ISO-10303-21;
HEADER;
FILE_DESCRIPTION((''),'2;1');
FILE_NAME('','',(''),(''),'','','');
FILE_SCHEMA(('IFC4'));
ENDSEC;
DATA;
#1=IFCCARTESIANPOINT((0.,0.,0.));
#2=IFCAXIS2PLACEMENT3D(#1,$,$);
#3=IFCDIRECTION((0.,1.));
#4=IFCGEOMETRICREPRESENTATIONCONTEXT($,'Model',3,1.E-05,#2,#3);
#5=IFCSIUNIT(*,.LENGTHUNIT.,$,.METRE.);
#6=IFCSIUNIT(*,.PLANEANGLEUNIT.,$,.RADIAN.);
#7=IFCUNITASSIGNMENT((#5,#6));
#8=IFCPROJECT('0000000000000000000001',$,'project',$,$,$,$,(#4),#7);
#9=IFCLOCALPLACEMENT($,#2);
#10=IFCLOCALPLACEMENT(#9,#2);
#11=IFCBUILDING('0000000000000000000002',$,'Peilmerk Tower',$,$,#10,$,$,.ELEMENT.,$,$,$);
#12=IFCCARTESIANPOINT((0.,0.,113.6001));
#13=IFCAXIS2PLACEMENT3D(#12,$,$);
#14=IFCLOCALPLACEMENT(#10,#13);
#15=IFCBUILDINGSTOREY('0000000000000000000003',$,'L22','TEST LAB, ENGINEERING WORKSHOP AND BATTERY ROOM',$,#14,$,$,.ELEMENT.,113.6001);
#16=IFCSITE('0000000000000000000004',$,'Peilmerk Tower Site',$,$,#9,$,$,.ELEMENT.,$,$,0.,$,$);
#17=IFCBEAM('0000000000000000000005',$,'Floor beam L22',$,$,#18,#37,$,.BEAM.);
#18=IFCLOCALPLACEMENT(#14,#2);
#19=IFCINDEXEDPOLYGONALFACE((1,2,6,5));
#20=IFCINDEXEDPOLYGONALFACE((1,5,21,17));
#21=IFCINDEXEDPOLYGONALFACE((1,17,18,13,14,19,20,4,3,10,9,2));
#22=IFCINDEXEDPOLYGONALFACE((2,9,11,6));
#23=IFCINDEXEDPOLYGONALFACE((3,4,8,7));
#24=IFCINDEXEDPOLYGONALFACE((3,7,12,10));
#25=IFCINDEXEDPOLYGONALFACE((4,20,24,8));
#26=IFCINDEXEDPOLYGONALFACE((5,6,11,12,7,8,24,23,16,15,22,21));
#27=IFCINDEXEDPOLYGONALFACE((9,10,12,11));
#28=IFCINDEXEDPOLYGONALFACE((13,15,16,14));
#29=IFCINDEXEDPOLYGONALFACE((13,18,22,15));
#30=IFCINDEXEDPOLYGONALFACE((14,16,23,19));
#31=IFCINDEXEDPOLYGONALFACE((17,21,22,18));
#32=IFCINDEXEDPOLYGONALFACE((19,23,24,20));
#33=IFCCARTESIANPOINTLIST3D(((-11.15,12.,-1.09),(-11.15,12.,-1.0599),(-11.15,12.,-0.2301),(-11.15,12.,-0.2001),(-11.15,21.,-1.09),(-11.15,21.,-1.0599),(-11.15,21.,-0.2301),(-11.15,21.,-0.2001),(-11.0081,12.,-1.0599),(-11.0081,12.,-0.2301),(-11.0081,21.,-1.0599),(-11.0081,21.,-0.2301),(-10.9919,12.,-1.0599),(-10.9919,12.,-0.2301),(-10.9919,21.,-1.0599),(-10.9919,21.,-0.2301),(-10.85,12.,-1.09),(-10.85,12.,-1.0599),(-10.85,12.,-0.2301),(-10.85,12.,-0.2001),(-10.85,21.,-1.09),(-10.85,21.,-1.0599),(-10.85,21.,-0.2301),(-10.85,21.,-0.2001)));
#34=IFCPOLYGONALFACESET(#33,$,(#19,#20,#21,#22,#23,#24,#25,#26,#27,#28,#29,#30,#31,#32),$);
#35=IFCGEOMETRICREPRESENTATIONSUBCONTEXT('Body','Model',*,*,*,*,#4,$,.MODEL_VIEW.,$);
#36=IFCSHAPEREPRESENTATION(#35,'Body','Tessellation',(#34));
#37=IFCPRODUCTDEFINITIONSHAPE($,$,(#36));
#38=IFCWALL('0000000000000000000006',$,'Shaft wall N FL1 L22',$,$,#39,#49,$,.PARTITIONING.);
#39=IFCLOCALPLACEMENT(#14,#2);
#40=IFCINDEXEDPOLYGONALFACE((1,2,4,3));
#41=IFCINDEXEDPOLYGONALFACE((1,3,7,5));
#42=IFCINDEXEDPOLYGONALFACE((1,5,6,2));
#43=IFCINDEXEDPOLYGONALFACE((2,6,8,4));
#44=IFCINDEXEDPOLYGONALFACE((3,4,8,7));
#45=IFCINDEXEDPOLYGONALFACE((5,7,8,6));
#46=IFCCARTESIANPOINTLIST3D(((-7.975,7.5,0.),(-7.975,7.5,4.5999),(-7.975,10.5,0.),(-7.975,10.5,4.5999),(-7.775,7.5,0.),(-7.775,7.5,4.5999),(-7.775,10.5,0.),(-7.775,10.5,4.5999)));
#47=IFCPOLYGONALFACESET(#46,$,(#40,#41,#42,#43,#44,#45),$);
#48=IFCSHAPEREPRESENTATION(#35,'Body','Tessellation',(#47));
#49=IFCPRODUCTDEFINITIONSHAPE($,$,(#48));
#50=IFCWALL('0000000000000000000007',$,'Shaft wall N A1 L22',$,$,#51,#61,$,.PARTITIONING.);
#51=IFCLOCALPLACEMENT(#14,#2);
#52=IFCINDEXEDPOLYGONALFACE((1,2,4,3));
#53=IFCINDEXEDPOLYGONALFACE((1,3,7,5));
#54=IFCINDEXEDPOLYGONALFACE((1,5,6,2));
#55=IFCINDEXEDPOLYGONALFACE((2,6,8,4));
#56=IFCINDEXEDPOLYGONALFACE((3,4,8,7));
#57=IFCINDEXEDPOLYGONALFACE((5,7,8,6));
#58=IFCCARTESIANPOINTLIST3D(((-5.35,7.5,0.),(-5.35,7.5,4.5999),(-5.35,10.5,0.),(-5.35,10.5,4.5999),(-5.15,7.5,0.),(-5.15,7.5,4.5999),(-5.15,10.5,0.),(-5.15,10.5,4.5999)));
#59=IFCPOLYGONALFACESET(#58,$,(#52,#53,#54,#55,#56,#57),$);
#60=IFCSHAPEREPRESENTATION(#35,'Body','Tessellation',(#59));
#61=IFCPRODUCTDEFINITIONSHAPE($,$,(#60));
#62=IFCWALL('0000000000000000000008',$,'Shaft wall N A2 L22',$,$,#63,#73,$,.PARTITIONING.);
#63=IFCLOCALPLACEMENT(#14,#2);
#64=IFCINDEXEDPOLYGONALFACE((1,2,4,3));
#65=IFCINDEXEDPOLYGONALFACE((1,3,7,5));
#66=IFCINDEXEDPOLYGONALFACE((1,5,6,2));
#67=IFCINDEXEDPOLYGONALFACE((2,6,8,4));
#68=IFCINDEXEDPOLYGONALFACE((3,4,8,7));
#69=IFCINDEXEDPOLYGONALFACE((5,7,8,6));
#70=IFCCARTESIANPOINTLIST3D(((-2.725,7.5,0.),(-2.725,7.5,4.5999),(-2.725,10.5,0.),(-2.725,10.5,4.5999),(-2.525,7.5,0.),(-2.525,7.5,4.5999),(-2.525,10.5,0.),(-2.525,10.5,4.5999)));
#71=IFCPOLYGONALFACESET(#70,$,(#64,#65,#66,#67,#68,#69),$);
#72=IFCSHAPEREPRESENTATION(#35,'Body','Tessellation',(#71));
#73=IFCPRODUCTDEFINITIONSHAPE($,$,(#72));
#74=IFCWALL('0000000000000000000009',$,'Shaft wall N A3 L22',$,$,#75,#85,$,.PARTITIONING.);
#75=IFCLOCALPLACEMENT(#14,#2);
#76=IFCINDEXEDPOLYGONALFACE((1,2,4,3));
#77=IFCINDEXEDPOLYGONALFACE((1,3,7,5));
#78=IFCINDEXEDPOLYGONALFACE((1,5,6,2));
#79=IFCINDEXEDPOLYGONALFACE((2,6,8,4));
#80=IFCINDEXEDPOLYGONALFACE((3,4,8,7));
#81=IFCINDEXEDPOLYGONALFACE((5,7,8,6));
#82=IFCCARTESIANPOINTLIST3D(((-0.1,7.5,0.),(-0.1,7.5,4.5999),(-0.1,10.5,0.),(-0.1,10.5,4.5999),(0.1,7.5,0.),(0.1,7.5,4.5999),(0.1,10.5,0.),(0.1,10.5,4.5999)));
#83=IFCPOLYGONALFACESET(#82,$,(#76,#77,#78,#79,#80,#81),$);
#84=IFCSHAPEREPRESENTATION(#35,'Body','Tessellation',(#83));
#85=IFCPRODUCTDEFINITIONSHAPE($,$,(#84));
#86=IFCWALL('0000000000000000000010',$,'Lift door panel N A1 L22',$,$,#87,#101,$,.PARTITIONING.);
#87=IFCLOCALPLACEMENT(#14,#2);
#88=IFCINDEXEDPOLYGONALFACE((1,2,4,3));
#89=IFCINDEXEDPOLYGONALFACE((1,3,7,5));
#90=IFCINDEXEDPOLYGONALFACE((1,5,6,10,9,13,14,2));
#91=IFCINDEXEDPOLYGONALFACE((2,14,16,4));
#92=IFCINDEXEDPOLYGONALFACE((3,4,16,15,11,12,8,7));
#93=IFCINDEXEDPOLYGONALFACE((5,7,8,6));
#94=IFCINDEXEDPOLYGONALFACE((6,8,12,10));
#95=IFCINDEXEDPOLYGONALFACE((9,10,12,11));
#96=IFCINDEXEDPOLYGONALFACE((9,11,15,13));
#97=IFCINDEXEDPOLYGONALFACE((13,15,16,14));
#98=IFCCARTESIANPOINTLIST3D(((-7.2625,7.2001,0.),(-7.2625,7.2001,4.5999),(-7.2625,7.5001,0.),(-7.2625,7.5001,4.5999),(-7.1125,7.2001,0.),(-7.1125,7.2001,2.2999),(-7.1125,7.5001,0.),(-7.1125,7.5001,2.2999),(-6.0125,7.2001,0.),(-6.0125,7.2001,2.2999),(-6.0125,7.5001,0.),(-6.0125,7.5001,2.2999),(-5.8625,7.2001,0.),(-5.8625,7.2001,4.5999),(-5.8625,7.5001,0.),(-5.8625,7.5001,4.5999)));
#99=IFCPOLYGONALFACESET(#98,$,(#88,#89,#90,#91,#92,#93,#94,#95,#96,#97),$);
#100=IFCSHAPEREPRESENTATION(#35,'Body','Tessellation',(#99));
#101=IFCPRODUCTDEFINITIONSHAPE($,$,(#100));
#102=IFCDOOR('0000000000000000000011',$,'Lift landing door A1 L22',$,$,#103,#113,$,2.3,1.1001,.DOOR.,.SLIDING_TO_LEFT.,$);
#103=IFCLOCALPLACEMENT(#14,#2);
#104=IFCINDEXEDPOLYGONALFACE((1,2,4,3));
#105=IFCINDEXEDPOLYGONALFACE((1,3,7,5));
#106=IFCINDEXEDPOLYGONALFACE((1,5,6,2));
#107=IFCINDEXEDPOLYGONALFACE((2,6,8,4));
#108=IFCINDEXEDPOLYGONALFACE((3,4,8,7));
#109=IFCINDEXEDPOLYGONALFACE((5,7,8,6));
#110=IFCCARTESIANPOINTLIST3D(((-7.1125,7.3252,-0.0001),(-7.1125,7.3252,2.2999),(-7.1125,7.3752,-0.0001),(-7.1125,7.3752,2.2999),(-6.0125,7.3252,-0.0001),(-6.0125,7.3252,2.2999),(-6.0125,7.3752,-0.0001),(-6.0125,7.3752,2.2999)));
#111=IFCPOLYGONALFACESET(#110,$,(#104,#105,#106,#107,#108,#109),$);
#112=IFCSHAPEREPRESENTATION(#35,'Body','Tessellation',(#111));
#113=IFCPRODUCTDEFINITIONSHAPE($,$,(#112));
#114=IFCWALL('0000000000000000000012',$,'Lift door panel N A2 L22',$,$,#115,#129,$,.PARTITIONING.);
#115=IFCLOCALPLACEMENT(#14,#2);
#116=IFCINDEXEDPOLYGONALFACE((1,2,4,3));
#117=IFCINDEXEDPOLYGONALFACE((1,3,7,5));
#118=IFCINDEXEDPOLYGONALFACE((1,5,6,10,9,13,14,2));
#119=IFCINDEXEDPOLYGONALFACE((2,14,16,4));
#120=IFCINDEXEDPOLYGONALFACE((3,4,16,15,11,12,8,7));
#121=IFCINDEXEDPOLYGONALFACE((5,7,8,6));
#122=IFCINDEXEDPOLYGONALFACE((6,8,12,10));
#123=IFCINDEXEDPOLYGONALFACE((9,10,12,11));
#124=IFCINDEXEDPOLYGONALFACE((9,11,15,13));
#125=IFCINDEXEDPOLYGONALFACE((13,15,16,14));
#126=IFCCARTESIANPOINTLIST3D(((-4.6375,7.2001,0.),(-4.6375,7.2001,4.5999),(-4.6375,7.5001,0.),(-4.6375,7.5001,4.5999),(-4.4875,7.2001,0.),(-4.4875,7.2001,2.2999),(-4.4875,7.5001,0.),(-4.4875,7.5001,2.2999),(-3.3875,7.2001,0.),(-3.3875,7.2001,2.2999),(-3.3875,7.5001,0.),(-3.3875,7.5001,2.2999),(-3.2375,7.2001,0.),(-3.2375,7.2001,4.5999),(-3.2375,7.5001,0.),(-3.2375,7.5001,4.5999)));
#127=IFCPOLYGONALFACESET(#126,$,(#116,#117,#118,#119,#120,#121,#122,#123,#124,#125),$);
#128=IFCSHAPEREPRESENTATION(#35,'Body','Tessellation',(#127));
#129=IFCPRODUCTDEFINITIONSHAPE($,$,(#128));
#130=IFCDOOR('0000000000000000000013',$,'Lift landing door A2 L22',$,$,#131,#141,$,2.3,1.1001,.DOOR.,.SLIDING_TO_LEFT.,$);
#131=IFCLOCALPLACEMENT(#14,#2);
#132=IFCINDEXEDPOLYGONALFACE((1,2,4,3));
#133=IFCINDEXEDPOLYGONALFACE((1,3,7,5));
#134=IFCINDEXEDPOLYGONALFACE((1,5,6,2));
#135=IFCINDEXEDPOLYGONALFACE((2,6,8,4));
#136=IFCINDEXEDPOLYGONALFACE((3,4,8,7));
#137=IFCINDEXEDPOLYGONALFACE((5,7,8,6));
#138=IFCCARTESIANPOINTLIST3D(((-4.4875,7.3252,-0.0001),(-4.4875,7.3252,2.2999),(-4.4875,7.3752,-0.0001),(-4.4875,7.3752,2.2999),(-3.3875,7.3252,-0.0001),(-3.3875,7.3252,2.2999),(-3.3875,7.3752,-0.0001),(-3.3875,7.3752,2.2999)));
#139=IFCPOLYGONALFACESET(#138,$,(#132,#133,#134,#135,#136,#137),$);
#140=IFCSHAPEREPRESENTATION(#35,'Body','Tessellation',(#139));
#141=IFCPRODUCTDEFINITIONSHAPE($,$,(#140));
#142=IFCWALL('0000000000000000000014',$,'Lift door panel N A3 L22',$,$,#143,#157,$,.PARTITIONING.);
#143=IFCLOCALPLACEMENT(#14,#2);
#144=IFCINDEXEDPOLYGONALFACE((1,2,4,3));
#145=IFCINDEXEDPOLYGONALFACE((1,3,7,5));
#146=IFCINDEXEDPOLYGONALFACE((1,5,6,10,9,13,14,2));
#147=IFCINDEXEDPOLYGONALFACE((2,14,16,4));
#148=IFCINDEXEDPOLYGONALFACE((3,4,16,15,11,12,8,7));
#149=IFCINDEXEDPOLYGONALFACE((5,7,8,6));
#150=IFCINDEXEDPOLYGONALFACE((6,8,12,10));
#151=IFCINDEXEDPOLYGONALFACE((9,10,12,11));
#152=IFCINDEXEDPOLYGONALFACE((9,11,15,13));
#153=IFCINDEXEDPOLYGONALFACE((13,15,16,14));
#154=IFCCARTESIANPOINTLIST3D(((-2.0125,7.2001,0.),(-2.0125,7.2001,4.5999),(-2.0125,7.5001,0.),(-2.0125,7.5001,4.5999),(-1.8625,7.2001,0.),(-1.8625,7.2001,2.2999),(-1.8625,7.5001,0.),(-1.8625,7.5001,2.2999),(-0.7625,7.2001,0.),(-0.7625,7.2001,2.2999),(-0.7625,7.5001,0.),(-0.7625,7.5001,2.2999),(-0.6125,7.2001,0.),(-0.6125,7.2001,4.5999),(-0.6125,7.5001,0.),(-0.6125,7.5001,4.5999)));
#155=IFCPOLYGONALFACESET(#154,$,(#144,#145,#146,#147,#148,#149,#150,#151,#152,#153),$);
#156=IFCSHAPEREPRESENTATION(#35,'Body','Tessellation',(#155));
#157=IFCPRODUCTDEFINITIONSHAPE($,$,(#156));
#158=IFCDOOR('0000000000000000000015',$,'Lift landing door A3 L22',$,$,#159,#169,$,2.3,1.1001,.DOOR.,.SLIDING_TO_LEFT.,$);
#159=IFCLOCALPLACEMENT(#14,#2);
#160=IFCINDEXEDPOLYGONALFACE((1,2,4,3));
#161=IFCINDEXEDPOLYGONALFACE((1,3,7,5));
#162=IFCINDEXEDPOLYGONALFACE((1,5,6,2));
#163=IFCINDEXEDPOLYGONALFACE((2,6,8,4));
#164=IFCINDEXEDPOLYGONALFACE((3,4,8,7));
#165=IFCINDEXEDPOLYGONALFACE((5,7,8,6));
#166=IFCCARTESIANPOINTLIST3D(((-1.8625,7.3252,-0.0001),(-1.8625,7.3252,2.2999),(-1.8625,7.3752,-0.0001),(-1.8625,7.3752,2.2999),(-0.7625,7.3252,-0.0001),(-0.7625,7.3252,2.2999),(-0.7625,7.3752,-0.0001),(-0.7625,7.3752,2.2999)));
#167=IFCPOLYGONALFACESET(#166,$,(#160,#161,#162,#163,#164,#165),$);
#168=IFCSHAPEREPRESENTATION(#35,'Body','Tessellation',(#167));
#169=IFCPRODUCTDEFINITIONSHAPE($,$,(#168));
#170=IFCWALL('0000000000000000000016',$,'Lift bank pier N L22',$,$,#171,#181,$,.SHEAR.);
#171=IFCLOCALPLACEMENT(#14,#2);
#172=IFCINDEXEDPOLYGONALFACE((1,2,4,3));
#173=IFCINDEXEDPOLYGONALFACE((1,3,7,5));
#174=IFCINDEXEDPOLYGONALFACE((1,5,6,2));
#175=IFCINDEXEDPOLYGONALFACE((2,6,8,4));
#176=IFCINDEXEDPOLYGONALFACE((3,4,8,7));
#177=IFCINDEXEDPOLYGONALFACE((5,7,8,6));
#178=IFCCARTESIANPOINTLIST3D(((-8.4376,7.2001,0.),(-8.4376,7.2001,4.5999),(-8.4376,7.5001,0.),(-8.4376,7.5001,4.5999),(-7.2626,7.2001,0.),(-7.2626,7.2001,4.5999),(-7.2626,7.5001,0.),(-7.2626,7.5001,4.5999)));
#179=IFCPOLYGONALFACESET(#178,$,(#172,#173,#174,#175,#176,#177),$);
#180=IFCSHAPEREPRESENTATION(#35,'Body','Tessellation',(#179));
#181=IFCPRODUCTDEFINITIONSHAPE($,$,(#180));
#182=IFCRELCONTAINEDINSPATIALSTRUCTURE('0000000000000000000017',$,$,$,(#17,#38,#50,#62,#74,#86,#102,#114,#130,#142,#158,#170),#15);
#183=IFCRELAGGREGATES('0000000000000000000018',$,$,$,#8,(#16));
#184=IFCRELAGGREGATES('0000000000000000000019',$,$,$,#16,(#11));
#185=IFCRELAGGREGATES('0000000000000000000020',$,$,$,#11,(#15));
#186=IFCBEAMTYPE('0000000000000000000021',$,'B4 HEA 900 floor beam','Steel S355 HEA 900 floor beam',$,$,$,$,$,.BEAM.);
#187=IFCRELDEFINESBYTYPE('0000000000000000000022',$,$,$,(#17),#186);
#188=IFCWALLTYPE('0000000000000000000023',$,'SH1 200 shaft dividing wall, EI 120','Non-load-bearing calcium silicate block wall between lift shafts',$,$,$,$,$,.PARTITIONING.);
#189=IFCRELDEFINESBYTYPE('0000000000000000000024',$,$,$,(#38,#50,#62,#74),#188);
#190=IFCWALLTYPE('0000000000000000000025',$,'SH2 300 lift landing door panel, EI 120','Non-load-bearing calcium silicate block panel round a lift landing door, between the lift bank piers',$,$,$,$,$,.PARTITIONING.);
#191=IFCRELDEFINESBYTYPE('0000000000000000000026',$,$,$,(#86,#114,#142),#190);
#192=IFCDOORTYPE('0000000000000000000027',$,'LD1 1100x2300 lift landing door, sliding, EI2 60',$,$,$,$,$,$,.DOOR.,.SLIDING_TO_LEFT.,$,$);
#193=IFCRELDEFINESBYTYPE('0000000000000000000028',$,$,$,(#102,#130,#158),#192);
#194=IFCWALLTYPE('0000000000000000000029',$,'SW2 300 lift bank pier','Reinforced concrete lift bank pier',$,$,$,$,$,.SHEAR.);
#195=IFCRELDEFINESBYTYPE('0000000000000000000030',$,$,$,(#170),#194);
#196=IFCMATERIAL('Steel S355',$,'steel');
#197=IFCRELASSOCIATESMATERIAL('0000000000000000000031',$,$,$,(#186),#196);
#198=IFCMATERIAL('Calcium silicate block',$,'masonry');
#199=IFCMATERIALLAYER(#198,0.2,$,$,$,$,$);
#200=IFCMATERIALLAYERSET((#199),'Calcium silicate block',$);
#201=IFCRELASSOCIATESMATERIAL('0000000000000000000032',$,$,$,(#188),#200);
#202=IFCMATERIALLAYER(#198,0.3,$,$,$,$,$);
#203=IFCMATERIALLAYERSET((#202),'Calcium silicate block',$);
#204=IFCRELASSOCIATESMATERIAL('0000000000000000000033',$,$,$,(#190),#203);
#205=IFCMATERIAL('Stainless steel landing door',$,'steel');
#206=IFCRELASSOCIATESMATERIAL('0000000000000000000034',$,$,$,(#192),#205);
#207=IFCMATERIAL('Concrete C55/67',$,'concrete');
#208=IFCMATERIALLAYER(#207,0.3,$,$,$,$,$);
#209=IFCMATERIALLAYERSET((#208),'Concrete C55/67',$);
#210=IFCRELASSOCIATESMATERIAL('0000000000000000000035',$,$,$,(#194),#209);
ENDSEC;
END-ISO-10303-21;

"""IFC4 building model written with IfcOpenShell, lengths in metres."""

from ifc_helpers import new_model, si_unit, direction, frame, frame_2d, origin, origin_2d, place, context, subcontext, project, spatial, rectangle, i_section, extrude, material, layer, layer_set, material_profile, profile_set, type_object, element, fill, save


model = new_model("IFC4")

# Units and contexts
model_context = context("Model", 3, precision=1e-05, world=origin(), true_north=direction((0.0, 1.0)))
body_context = subcontext(model_context, "Body", "Model", "MODEL_VIEW")
ifc_project = project(units=[si_unit("LENGTHUNIT", "METRE"), si_unit("PLANEANGLEUNIT", "RADIAN")], contexts=[model_context])

# Site, building, storey
site_placement = place(None, origin())
site = spatial("IfcSite", under=ifc_project, at=site_placement, Name="Peilmerk Tower Site", CompositionType="ELEMENT", RefElevation=0.0)
building_placement = place(site_placement, origin())
building = spatial("IfcBuilding", under=site, at=building_placement, Name="Peilmerk Tower", CompositionType="ELEMENT")
storey_placement = place(building_placement, frame((0.0, 0.0, 113.6001)))
storey = spatial("IfcBuildingStorey", under=building, at=storey_placement, Name="L22", Description="TEST LAB, ENGINEERING WORKSHOP AND BATTERY ROOM", CompositionType="ELEMENT", Elevation=113.6001)

# Beam
ifc_material_1 = material(Name="Steel S355", Category="steel")
ifc_material_profile = material_profile(ifc_material_1, i_section(OverallWidth=0.3, OverallDepth=0.8899, WebThickness=0.0161, FlangeThickness=0.03, at=origin_2d()), Name="HEA 900")
ifc_profile_set = profile_set([ifc_material_profile], Name="Steel S355")
beam_type = type_object("IfcBeamType", Name="B4 HEA 900 floor beam", Description="Steel S355 HEA 900 floor beam", PredefinedType="BEAM", material=ifc_profile_set)
beam_placement = place(storey_placement, frame((-11.0, 12.0, -0.645), z_axis=(0.0, 1.0, 0.0), x_axis=(-1.0, 0.0, 0.0)))
element("IfcBeam", 1, at=beam_placement, inside=storey, type_object=beam_type, Name="Floor beam L22", PredefinedType="BEAM", context=body_context, shape_type="SweptSolid", body=[
    extrude(i_section(OverallWidth=0.3, OverallDepth=0.8899, WebThickness=0.0161, FlangeThickness=0.03, at=origin_2d()), origin(), (0.0, 0.0, 1.0), 9.0),
])

# Walls
ifc_material_2 = material(Name="Calcium silicate block", Category="masonry")
ifc_layer_1 = layer(ifc_material_2, 0.2)
ifc_layer_set_1 = layer_set([ifc_layer_1], Name="Calcium silicate block")
wall_type_1 = type_object("IfcWallType", Name="SH1 200 shaft dividing wall, EI 120", Description="Non-load-bearing calcium silicate block wall between lift shafts", PredefinedType="PARTITIONING", material=ifc_layer_set_1)
for number, where, z_axis, x_axis, name in (
    (2, (-7.875, 7.5, 0.0), (0.0, 0.0, 1.0), (0.0, 1.0, 0.0), "Shaft wall N FL1 L22"),
    (3, (-5.25, 7.5, 0.0), (0.0, 0.0, 1.0), (0.0, 1.0, 0.0), "Shaft wall N A1 L22"),
    (4, (-2.625, 7.5, 0.0), (0.0, 0.0, 1.0), (0.0, 1.0, 0.0), "Shaft wall N A2 L22"),
    (5, (0.0, 7.5, 0.0), (0.0, 0.0, 1.0), (0.0, 1.0, 0.0), "Shaft wall N A3 L22"),
):
    element("IfcWall", number, at=place(storey_placement, frame(where, z_axis=z_axis, x_axis=x_axis)), inside=storey, type_object=wall_type_1, Name=name, PredefinedType="PARTITIONING", context=body_context, shape_type="SweptSolid", body=[
        extrude(rectangle(XDim=3.0, YDim=0.2, at=frame_2d((1.5, 0.0))), origin(), (0.0, 0.0, 1.0), 4.5999),
    ])

# Walls, openings, doors
ifc_layer_2 = layer(ifc_material_2, 0.3)
ifc_layer_set_2 = layer_set([ifc_layer_2], Name="Calcium silicate block")
wall_type_2 = type_object("IfcWallType", Name="SH2 300 lift landing door panel, EI 120", Description="Non-load-bearing calcium silicate block panel round a lift landing door, between the lift bank piers", PredefinedType="PARTITIONING", material=ifc_layer_set_2)
wall_1_placement = place(storey_placement, frame((-7.2625, 7.3501, 0.0), z_axis=(0.0, 0.0, 1.0), x_axis=(1.0, 0.0, 0.0)))
wall_1 = element("IfcWall", 6, at=wall_1_placement, inside=storey, type_object=wall_type_2, Name="Lift door panel N A1 L22", PredefinedType="PARTITIONING", context=body_context, shape_type="SweptSolid", body=[
    extrude(rectangle(XDim=1.3999, YDim=0.3, at=frame_2d((0.7, 0.0))), origin(), (0.0, 0.0, 1.0), 4.5999),
])
opening_1_placement = place(wall_1_placement, frame((0.1499, 0.0, 0.0)))
opening_1 = element("IfcOpeningElement", 7, at=opening_1_placement, cuts=wall_1, PredefinedType="OPENING", context=body_context, shape_type="SweptSolid", body=[
    extrude(rectangle(XDim=1.1001, YDim=2.3, at=frame_2d((0.55, 1.1499))), frame((0.0, 0.1599, 0.0), z_axis=(0.0, -1.0, 0.0), x_axis=(1.0, 0.0, 0.0)), (0.0, 0.0, 1.0), 0.3201),
])
ifc_material_3 = material(Name="Stainless steel landing door", Category="steel")
door_type = type_object("IfcDoorType", Name="LD1 1100x2300 lift landing door, sliding, EI2 60", OperationType="SLIDING_TO_LEFT", PredefinedType="DOOR", material=ifc_material_3)
door_1_placement = place(opening_1_placement, frame((1.1001, 0.0, 0.0), z_axis=(0.0, 0.0, 1.0), x_axis=(-1.0, 0.0, 0.0)))
door_1 = element("IfcDoor", 8, at=door_1_placement, inside=storey, type_object=door_type, Name="Lift landing door A1 L22", OperationType="SLIDING_TO_LEFT", OverallHeight=2.3, OverallWidth=1.1001, PredefinedType="DOOR", context=body_context, shape_type="SweptSolid", body=[
    extrude(rectangle(XDim=1.1001, YDim=2.3, at=frame_2d((0.55, 1.1499))), frame((0.0, 0.0249, 0.0), z_axis=(0.0, -1.0, 0.0), x_axis=(1.0, 0.0, 0.0)), (0.0, 0.0, 1.0), 0.05),
])
fill(opening_1, door_1)
wall_2_placement = place(storey_placement, frame((-4.6375, 7.3501, 0.0), z_axis=(0.0, 0.0, 1.0), x_axis=(1.0, 0.0, 0.0)))
wall_2 = element("IfcWall", 9, at=wall_2_placement, inside=storey, type_object=wall_type_2, Name="Lift door panel N A2 L22", PredefinedType="PARTITIONING", context=body_context, shape_type="SweptSolid", body=[
    extrude(rectangle(XDim=1.3999, YDim=0.3, at=frame_2d((0.7, 0.0))), origin(), (0.0, 0.0, 1.0), 4.5999),
])
opening_2_placement = place(wall_2_placement, frame((0.1499, 0.0, 0.0)))
opening_2 = element("IfcOpeningElement", 10, at=opening_2_placement, cuts=wall_2, PredefinedType="OPENING", context=body_context, shape_type="SweptSolid", body=[
    extrude(rectangle(XDim=1.1001, YDim=2.3, at=frame_2d((0.55, 1.1499))), frame((0.0, 0.1599, 0.0), z_axis=(0.0, -1.0, 0.0), x_axis=(1.0, 0.0, 0.0)), (0.0, 0.0, 1.0), 0.3201),
])
door_2_placement = place(opening_2_placement, frame((1.1001, 0.0, 0.0), z_axis=(0.0, 0.0, 1.0), x_axis=(-1.0, 0.0, 0.0)))
door_2 = element("IfcDoor", 11, at=door_2_placement, inside=storey, type_object=door_type, Name="Lift landing door A2 L22", OperationType="SLIDING_TO_LEFT", OverallHeight=2.3, OverallWidth=1.1001, PredefinedType="DOOR", context=body_context, shape_type="SweptSolid", body=[
    extrude(rectangle(XDim=1.1001, YDim=2.3, at=frame_2d((0.55, 1.1499))), frame((0.0, 0.0249, 0.0), z_axis=(0.0, -1.0, 0.0), x_axis=(1.0, 0.0, 0.0)), (0.0, 0.0, 1.0), 0.05),
])
fill(opening_2, door_2)
wall_3_placement = place(storey_placement, frame((-2.0125, 7.3501, 0.0), z_axis=(0.0, 0.0, 1.0), x_axis=(1.0, 0.0, 0.0)))
wall_3 = element("IfcWall", 12, at=wall_3_placement, inside=storey, type_object=wall_type_2, Name="Lift door panel N A3 L22", PredefinedType="PARTITIONING", context=body_context, shape_type="SweptSolid", body=[
    extrude(rectangle(XDim=1.3999, YDim=0.3, at=frame_2d((0.7, 0.0))), origin(), (0.0, 0.0, 1.0), 4.5999),
])
opening_3_placement = place(wall_3_placement, frame((0.1499, 0.0, 0.0)))
opening_3 = element("IfcOpeningElement", 13, at=opening_3_placement, cuts=wall_3, PredefinedType="OPENING", context=body_context, shape_type="SweptSolid", body=[
    extrude(rectangle(XDim=1.1001, YDim=2.3, at=frame_2d((0.55, 1.1499))), frame((0.0, 0.1599, 0.0), z_axis=(0.0, -1.0, 0.0), x_axis=(1.0, 0.0, 0.0)), (0.0, 0.0, 1.0), 0.3201),
])
door_3_placement = place(opening_3_placement, frame((1.1001, 0.0, 0.0), z_axis=(0.0, 0.0, 1.0), x_axis=(-1.0, 0.0, 0.0)))
door_3 = element("IfcDoor", 14, at=door_3_placement, inside=storey, type_object=door_type, Name="Lift landing door A3 L22", OperationType="SLIDING_TO_LEFT", OverallHeight=2.3, OverallWidth=1.1001, PredefinedType="DOOR", context=body_context, shape_type="SweptSolid", body=[
    extrude(rectangle(XDim=1.1001, YDim=2.3, at=frame_2d((0.55, 1.1499))), frame((0.0, 0.0249, 0.0), z_axis=(0.0, -1.0, 0.0), x_axis=(1.0, 0.0, 0.0)), (0.0, 0.0, 1.0), 0.05),
])
fill(opening_3, door_3)

# Wall
ifc_material_4 = material(Name="Concrete C55/67", Category="concrete")
ifc_layer_3 = layer(ifc_material_4, 0.3)
ifc_layer_set_3 = layer_set([ifc_layer_3], Name="Concrete C55/67")
wall_type_3 = type_object("IfcWallType", Name="SW2 300 lift bank pier", Description="Reinforced concrete lift bank pier", PredefinedType="SHEAR", material=ifc_layer_set_3)
wall_4_placement = place(storey_placement, frame((-8.4375, 7.3501, 0.0), z_axis=(0.0, 0.0, 1.0), x_axis=(1.0, 0.0, 0.0)))
element("IfcWall", 15, at=wall_4_placement, inside=storey, type_object=wall_type_3, Name="Lift bank pier N L22", PredefinedType="SHEAR", context=body_context, shape_type="SweptSolid", body=[
    extrude(rectangle(XDim=1.175, YDim=0.3, at=frame_2d((0.5874, 0.0))), origin(), (0.0, 0.0, 1.0), 4.5999),
])

save(model, "model.ifc")
